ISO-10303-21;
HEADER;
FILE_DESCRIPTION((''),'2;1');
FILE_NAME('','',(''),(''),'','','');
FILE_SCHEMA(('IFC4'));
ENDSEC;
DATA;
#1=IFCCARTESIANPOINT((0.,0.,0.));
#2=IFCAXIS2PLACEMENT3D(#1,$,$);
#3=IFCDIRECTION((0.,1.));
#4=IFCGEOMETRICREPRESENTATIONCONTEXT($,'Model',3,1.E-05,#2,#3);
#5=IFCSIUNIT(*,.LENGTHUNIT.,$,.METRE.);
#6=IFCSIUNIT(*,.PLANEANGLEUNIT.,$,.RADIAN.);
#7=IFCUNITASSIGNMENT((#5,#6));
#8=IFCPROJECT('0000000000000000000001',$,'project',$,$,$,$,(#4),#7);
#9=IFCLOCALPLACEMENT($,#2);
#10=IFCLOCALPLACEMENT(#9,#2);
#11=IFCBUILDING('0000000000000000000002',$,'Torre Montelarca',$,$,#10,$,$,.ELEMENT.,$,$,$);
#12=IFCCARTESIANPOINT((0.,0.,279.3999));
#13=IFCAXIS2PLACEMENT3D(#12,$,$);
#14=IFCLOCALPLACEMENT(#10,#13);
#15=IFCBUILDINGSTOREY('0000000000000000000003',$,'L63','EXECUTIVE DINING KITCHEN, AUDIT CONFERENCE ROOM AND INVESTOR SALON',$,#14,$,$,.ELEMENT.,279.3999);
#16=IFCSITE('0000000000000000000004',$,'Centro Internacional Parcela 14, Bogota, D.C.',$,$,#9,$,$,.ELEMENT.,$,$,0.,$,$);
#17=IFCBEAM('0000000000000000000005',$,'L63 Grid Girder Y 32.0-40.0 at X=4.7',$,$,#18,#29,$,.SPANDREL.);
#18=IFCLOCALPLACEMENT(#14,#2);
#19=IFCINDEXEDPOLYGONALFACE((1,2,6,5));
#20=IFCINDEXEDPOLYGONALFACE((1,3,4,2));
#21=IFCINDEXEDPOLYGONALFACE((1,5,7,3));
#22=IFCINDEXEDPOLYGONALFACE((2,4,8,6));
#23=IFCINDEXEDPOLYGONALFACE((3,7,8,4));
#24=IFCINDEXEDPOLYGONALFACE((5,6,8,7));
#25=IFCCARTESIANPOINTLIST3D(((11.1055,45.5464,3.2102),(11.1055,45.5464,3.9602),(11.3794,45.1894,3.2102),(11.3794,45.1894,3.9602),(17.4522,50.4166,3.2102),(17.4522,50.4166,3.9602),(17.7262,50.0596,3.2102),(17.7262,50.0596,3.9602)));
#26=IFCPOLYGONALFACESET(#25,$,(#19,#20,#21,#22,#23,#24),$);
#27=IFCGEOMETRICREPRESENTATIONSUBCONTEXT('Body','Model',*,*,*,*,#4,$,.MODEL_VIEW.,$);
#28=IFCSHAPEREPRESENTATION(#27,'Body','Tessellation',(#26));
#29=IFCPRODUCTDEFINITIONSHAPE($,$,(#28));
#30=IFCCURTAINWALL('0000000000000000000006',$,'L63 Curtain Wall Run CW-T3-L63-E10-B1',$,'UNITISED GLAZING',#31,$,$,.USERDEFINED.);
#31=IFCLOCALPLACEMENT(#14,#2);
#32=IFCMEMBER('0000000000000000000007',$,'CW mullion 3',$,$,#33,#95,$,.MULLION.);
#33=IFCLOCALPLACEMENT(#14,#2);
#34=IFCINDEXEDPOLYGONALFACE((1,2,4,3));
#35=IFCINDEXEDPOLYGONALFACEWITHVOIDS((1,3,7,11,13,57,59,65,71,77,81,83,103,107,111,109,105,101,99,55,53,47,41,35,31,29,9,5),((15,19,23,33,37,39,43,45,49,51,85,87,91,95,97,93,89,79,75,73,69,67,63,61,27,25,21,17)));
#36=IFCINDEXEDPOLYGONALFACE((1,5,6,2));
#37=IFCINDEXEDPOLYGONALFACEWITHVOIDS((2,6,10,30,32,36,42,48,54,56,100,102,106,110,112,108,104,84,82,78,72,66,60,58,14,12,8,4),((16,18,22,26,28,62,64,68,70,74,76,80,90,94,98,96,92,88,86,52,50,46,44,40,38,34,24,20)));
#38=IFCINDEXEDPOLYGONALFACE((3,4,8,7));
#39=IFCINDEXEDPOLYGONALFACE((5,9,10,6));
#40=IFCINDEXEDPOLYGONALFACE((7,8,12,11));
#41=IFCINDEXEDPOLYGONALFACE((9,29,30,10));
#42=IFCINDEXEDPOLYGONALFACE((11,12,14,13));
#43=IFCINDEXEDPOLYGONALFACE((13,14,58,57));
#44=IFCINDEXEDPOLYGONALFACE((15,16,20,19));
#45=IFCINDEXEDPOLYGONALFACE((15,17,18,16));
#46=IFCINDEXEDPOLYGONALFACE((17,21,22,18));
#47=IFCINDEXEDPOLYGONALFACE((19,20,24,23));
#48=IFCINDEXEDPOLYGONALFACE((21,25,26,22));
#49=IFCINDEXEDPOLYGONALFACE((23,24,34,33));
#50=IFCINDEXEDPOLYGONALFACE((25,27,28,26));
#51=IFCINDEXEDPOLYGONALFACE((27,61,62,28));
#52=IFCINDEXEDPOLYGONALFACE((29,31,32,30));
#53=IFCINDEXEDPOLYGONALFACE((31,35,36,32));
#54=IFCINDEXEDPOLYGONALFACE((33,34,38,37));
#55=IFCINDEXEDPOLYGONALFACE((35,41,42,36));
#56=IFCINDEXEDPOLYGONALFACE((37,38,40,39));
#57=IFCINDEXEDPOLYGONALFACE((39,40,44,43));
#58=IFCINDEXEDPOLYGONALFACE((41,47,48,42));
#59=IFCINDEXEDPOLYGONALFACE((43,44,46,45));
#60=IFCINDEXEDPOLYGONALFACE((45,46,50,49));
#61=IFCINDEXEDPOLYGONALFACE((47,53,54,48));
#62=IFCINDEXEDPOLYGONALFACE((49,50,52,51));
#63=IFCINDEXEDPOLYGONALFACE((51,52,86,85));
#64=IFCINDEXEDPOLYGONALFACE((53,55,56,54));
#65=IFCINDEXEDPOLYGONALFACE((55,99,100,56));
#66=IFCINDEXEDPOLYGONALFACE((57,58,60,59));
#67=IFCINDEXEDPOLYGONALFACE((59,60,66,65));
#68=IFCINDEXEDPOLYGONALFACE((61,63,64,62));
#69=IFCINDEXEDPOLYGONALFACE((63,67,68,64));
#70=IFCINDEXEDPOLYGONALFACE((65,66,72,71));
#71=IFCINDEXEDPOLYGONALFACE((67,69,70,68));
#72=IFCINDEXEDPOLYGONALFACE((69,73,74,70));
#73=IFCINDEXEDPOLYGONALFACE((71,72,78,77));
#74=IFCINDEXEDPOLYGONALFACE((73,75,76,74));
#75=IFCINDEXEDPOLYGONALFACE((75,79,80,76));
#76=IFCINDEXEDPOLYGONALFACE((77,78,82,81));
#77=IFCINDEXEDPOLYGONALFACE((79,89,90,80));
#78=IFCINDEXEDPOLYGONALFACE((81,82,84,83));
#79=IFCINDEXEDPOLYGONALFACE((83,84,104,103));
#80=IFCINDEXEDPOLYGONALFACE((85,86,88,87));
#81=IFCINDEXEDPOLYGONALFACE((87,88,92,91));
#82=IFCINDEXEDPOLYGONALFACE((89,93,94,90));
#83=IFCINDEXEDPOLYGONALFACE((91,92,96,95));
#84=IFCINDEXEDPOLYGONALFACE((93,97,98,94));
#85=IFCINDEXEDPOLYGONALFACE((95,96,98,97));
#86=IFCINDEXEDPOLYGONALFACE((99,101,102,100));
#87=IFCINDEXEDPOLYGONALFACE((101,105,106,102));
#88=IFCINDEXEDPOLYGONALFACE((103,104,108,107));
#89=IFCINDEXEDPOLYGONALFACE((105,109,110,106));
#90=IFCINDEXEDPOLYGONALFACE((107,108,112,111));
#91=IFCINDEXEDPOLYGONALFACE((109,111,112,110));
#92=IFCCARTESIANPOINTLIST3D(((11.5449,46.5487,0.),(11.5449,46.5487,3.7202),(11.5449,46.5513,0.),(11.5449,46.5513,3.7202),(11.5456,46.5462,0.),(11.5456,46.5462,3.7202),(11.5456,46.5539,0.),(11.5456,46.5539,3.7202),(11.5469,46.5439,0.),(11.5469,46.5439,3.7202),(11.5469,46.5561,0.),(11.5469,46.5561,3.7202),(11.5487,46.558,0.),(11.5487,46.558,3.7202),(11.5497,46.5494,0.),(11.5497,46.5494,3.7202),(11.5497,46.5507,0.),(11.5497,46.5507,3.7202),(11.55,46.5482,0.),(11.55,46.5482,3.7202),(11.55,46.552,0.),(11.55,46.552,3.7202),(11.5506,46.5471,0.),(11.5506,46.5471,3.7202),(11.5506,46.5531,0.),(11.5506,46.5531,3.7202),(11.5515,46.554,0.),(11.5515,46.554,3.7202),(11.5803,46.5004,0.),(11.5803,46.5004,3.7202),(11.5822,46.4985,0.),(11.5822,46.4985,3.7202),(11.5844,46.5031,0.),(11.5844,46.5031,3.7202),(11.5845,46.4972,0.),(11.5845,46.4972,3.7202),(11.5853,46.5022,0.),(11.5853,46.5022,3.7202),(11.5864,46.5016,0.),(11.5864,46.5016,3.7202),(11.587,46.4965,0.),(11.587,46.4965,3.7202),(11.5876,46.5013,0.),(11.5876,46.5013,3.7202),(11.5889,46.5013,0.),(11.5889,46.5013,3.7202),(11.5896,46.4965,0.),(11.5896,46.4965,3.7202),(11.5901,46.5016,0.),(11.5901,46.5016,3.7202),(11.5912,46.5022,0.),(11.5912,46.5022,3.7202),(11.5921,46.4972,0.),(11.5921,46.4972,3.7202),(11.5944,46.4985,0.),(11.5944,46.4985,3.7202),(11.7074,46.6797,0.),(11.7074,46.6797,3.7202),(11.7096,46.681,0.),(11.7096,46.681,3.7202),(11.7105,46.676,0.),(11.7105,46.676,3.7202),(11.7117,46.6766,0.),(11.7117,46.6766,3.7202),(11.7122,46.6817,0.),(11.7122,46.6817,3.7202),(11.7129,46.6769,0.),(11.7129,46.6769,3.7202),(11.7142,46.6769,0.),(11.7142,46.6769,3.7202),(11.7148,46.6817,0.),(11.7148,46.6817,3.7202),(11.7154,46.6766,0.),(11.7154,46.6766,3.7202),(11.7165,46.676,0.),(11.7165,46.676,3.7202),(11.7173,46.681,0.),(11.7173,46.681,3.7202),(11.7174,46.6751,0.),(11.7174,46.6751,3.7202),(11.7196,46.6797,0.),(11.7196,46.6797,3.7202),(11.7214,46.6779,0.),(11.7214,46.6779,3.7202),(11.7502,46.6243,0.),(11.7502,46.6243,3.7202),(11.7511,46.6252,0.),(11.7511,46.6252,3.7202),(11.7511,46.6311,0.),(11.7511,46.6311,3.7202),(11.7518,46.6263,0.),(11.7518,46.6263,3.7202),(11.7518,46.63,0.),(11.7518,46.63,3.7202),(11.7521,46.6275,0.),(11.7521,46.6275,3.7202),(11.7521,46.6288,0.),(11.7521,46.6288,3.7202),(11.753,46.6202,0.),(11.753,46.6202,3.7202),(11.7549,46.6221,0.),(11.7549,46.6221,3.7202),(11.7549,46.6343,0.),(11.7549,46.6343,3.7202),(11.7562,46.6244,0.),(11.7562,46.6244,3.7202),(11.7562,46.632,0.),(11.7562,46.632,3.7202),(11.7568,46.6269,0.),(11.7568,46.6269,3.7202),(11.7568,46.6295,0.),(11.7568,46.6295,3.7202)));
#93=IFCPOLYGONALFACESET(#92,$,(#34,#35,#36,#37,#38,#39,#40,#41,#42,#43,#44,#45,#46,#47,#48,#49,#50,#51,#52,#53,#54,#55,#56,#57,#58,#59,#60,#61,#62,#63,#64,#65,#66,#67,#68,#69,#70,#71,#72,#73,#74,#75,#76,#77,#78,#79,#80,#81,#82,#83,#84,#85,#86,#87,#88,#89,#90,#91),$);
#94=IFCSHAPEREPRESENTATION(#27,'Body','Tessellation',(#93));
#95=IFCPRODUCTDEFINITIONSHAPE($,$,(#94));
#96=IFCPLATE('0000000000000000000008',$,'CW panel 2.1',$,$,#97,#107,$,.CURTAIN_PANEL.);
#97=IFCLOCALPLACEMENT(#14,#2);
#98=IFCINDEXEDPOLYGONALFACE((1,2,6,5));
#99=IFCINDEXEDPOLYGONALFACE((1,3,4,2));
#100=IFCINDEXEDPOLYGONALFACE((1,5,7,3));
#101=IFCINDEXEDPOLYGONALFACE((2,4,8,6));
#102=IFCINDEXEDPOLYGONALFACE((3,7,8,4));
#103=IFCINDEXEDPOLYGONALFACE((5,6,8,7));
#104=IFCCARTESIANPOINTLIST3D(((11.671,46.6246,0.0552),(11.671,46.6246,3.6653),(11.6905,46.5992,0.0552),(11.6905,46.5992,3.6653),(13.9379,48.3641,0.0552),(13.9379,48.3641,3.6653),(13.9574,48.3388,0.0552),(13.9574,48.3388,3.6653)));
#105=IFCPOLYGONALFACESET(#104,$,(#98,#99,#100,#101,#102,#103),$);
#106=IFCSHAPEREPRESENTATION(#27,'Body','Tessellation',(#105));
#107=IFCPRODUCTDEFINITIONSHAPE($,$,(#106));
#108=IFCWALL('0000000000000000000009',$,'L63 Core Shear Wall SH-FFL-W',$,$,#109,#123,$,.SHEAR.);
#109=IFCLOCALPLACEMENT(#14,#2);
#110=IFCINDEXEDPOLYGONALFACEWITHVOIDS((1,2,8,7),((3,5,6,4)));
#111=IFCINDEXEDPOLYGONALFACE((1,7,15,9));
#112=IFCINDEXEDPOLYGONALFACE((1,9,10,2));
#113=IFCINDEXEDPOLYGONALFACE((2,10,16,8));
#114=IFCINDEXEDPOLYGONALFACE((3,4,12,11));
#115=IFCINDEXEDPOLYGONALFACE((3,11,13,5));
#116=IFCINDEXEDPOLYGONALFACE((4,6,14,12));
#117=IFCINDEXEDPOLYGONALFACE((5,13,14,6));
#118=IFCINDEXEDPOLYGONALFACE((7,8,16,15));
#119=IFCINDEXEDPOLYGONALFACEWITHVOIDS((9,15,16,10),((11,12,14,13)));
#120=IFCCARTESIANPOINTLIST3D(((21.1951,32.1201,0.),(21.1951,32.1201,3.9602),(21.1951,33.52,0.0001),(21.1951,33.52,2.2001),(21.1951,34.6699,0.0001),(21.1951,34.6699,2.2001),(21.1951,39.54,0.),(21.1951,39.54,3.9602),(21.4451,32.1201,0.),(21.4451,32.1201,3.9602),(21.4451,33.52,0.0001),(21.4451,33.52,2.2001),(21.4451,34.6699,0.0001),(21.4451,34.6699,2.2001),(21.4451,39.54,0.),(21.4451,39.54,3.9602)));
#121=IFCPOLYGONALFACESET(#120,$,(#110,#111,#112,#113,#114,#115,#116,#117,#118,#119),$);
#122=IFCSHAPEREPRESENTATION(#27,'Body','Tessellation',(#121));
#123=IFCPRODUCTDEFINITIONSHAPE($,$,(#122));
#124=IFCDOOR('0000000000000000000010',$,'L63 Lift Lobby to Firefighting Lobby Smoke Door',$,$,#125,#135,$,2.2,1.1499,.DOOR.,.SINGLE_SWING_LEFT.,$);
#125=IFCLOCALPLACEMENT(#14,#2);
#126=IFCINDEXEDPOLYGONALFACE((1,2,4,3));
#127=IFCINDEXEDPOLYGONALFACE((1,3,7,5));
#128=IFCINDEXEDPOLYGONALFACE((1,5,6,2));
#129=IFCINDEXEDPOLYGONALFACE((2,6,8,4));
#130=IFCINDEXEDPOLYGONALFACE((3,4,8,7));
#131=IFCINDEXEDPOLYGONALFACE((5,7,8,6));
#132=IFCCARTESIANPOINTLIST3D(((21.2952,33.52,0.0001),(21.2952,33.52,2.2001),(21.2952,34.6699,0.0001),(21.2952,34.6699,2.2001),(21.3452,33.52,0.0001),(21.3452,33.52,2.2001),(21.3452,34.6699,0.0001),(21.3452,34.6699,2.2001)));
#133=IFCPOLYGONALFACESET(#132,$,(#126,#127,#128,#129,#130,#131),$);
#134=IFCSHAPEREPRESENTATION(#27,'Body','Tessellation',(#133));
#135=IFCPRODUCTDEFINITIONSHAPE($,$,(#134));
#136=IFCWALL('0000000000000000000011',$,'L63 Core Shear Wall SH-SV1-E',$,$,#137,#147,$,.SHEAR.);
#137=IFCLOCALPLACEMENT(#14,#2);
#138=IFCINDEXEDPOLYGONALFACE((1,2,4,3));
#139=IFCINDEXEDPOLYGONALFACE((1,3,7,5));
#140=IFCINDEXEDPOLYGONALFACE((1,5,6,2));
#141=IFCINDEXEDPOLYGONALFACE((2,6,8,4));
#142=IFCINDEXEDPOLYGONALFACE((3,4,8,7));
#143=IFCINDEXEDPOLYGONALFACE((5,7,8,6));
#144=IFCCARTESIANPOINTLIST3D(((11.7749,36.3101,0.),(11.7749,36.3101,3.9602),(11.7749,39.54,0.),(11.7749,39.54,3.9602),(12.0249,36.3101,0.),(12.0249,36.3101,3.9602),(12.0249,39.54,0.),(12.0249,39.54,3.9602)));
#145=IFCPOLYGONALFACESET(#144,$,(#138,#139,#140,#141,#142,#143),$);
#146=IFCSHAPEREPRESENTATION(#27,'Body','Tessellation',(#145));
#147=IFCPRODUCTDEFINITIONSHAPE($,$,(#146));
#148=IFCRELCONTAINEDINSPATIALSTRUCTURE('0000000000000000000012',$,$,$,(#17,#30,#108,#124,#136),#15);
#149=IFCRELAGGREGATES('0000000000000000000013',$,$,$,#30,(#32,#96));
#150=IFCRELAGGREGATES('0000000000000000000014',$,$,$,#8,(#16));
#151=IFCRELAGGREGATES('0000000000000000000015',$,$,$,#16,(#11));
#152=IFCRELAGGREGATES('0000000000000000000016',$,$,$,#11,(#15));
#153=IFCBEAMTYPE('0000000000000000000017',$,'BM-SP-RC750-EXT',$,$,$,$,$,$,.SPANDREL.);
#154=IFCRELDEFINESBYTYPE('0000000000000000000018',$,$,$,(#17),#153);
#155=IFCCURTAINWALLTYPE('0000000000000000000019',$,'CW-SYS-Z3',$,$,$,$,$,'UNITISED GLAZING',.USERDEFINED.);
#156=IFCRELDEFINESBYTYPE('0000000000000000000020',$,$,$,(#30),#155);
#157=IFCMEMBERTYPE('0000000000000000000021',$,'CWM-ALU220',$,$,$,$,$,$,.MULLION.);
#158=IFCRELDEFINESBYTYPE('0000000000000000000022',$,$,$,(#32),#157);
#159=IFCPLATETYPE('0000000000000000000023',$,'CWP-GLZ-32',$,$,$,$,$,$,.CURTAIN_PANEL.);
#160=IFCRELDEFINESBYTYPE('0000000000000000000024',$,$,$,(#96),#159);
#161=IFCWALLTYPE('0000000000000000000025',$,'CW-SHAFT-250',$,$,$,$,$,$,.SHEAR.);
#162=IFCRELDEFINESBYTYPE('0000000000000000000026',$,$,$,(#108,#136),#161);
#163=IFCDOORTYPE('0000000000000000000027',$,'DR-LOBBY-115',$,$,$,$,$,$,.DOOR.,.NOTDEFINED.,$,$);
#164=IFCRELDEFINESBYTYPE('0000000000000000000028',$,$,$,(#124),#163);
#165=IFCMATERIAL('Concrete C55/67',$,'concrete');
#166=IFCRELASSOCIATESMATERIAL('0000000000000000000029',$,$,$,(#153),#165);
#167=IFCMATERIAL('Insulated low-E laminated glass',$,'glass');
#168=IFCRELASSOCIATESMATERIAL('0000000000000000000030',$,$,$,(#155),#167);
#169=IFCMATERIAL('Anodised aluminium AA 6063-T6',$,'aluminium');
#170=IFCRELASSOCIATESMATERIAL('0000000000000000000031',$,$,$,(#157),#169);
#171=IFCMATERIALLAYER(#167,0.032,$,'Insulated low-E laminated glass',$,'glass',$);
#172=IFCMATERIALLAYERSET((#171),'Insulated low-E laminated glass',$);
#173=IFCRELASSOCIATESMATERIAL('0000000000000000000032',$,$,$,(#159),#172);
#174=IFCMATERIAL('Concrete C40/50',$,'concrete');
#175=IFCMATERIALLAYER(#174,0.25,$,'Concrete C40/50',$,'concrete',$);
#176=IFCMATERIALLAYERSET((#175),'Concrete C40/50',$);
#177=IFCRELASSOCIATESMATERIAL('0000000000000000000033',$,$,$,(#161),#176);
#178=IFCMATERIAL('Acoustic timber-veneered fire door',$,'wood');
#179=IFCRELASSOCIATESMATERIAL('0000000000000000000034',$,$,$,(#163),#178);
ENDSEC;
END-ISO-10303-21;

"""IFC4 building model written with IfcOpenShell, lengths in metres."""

from ifc_helpers import new_model, si_unit, direction, frame, frame_2d, origin, origin_2d, place, context, subcontext, project, spatial, rectangle, hollow_rectangle, extrude, source, transform, mapped, material, layer, layer_set, material_profile, profile_set, type_object, element, fill, aggregate, save


model = new_model("IFC4")

# Units and contexts
model_context = context("Model", 3, precision=1e-05, world=origin(), true_north=direction((0.0, 1.0)))
body_context = subcontext(model_context, "Body", "Model", "MODEL_VIEW")
ifc_project = project(units=[si_unit("LENGTHUNIT", "METRE"), si_unit("PLANEANGLEUNIT", "RADIAN")], contexts=[model_context])

# Site, building, storey
site_placement = place(None, origin())
site = spatial("IfcSite", under=ifc_project, at=site_placement, Name="Centro Internacional Parcela 14, Bogota, D.C.", CompositionType="ELEMENT", RefElevation=0.0)
building_placement = place(site_placement, origin())
building = spatial("IfcBuilding", under=site, at=building_placement, Name="Torre Montelarca", CompositionType="ELEMENT")
storey_placement = place(building_placement, frame((0.0, 0.0, 279.3999)))
storey = spatial("IfcBuildingStorey", under=building, at=storey_placement, Name="L63", Description="EXECUTIVE DINING KITCHEN, AUDIT CONFERENCE ROOM AND INVESTOR SALON", CompositionType="ELEMENT", Elevation=279.3999)

# Beam
ifc_material_1 = material(Name="Concrete C55/67", Category="concrete")
ifc_material_profile_1 = material_profile(ifc_material_1, rectangle(XDim=0.45, YDim=0.75, at=origin_2d()), Name="RCB450X750", Category="concrete")
ifc_profile_set_1 = profile_set([ifc_material_profile_1], Name="Concrete C55/67")
beam_type = type_object("IfcBeamType", Name="BM-SP-RC750-EXT", PredefinedType="SPANDREL", material=ifc_profile_set_1)
shared_shape_1 = source(origin(), body_context, "Body", "SweptSolid", [
    extrude(rectangle(XDim=0.45, YDim=0.75, at=origin_2d()), origin(), (0.0, 0.0, 1.0), 8.0),
])
beam_placement = place(storey_placement, frame((11.2424, 45.3679, 3.5852), z_axis=(0.793345, 0.608772, 0.0), x_axis=(-0.608772, 0.793345, 0.0)))
element("IfcBeam", 1, at=beam_placement, inside=storey, type_object=beam_type, Name="L63 Grid Girder Y 32.0-40.0 at X=4.7", PredefinedType="SPANDREL", context=body_context, shape_type="MappedRepresentation", body=[
    mapped(shared_shape_1, transform((0.0, 0.0, 0.0), scale=1.0)),
])

# Curtain wall, member, plate
ifc_material_2 = material(Name="Insulated low-E laminated glass", Category="glass")
curtain_wall_type = type_object("IfcCurtainWallType", Name="CW-SYS-Z3", ElementType="UNITISED GLAZING", PredefinedType="USERDEFINED", material=ifc_material_2)
curtain_wall_placement = place(storey_placement, origin())
curtain_wall = element("IfcCurtainWall", 2, at=curtain_wall_placement, inside=storey, type_object=curtain_wall_type, Name="L63 Curtain Wall Run CW-T3-L63-E10-B1", ObjectType="UNITISED GLAZING", PredefinedType="USERDEFINED")
ifc_material_3 = material(Name="Anodised aluminium AA 6063-T6", Category="aluminium")
ifc_material_profile_2 = material_profile(ifc_material_3, hollow_rectangle(XDim=0.075, YDim=0.22, WallThickness=0.0049, InnerFilletRadius=0.0049, OuterFilletRadius=0.01, at=origin_2d()), Name="ALU75X220X5", Category="aluminium")
ifc_profile_set_2 = profile_set([ifc_material_profile_2], Name="Anodised aluminium AA 6063-T6")
member_type = type_object("IfcMemberType", Name="CWM-ALU220", PredefinedType="MULLION", material=ifc_profile_set_2)
shared_shape_2 = source(origin(), body_context, "Body", "SweptSolid", [
    extrude(hollow_rectangle(XDim=0.075, YDim=0.22, WallThickness=0.0049, InnerFilletRadius=0.0049, OuterFilletRadius=0.01, at=origin_2d()), origin(), (0.0, 0.0, 1.0), 3.7202),
])
member_placement = place(storey_placement, frame((11.6509, 46.5891, 0.0), z_axis=(0.0, 0.0, 1.0), x_axis=(0.608769, -0.793348, 0.0)))
member = element("IfcMember", 3, at=member_placement, type_object=member_type, Name="CW mullion 3", PredefinedType="MULLION", context=body_context, shape_type="MappedRepresentation", body=[
    mapped(shared_shape_2, transform((0.0, 0.0, 0.0), scale=1.0)),
])
ifc_layer_1 = layer(ifc_material_2, 0.032, Name="Insulated low-E laminated glass", Category="glass")
ifc_layer_set_1 = layer_set([ifc_layer_1], Name="Insulated low-E laminated glass")
plate_type = type_object("IfcPlateType", Name="CWP-GLZ-32", PredefinedType="CURTAIN_PANEL", material=ifc_layer_set_1)
shared_shape_3 = source(origin(), body_context, "Body", "SweptSolid", [
    extrude(rectangle(XDim=2.8574, YDim=0.032, at=origin_2d()), origin(), (0.0, 0.0, 1.0), 3.6101),
])
plate_placement = place(storey_placement, frame((12.8142, 47.4817, 0.0552), z_axis=(0.0, 0.0, 1.0), x_axis=(-0.793348, -0.608769, 0.0)))
plate = element("IfcPlate", 4, at=plate_placement, type_object=plate_type, Name="CW panel 2.1", PredefinedType="CURTAIN_PANEL", context=body_context, shape_type="MappedRepresentation", body=[
    mapped(shared_shape_3, transform((0.0, 0.0, 0.0), scale=1.0)),
])
aggregate(curtain_wall, [member, plate])

# Wall, opening, door
ifc_material_4 = material(Name="Concrete C40/50", Category="concrete")
ifc_layer_2 = layer(ifc_material_4, 0.25, Name="Concrete C40/50", Category="concrete")
ifc_layer_set_2 = layer_set([ifc_layer_2], Name="Concrete C40/50")
wall_type_1 = type_object("IfcWallType", Name="CW-SHAFT-250", PredefinedType="SHEAR", material=ifc_layer_set_2)
wall_1_placement = place(storey_placement, frame((21.3201, 32.1201, 0.0), z_axis=(0.0, 0.0, 1.0), x_axis=(0.0, 1.0, 0.0)))
wall_1 = element("IfcWall", 5, at=wall_1_placement, inside=storey, type_object=wall_type_1, Name="L63 Core Shear Wall SH-FFL-W", PredefinedType="SHEAR", context=body_context, shape_type="SweptSolid", body=[
    extrude(rectangle(XDim=7.4199, YDim=0.25, at=frame_2d((3.71, 0.0))), origin(), (0.0, 0.0, 1.0), 3.9602),
])
opening_1_placement = place(wall_1_placement, frame((1.3999, 0.0, 0.0)))
opening_1 = element("IfcOpeningElement", 6, at=opening_1_placement, cuts=wall_1, PredefinedType="OPENING", context=body_context, shape_type="SweptSolid", body=[
    extrude(rectangle(XDim=1.1499, YDim=2.2, at=frame_2d((0.575, 1.1001))), frame((0.0, 0.135, 0.0), z_axis=(0.0, -1.0, 0.0), x_axis=(1.0, 0.0, 0.0)), (0.0, 0.0, 1.0), 0.27),
])
ifc_material_5 = material(Name="Acoustic timber-veneered fire door", Category="wood")
door_type_1 = type_object("IfcDoorType", Name="DR-LOBBY-115", OperationType="NOTDEFINED", PredefinedType="DOOR", material=ifc_material_5)
shared_shape_4 = source(origin(), body_context, "Body", "SweptSolid", [
    extrude(rectangle(XDim=1.1499, YDim=2.2, at=frame_2d((0.575, 1.1001))), frame((0.0, 0.0249, 0.0), z_axis=(0.0, -1.0, 0.0), x_axis=(1.0, 0.0, 0.0)), (0.0, 0.0, 1.0), 0.05),
])
door_1_placement = place(opening_1_placement, origin())
door_1 = element("IfcDoor", 7, at=door_1_placement, inside=storey, type_object=door_type_1, Name="L63 Lift Lobby to Firefighting Lobby Smoke Door", OperationType="SINGLE_SWING_LEFT", OverallHeight=2.2, OverallWidth=1.1499, PredefinedType="DOOR", context=body_context, shape_type="MappedRepresentation", body=[
    mapped(shared_shape_4, transform((0.0, 0.0, 0.0), scale=1.0)),
])
fill(opening_1, door_1)

# Wall
wall_2_placement = place(storey_placement, frame((11.8999, 36.3101, 0.0), z_axis=(0.0, 0.0, 1.0), x_axis=(0.0, 1.0, 0.0)))
element("IfcWall", 8, at=wall_2_placement, inside=storey, type_object=wall_type_1, Name="L63 Core Shear Wall SH-SV1-E", PredefinedType="SHEAR", context=body_context, shape_type="SweptSolid", body=[
    extrude(rectangle(XDim=3.23, YDim=0.25, at=frame_2d((1.615, 0.0))), origin(), (0.0, 0.0, 1.0), 3.9602),
])

save(model, "model.ifc")
